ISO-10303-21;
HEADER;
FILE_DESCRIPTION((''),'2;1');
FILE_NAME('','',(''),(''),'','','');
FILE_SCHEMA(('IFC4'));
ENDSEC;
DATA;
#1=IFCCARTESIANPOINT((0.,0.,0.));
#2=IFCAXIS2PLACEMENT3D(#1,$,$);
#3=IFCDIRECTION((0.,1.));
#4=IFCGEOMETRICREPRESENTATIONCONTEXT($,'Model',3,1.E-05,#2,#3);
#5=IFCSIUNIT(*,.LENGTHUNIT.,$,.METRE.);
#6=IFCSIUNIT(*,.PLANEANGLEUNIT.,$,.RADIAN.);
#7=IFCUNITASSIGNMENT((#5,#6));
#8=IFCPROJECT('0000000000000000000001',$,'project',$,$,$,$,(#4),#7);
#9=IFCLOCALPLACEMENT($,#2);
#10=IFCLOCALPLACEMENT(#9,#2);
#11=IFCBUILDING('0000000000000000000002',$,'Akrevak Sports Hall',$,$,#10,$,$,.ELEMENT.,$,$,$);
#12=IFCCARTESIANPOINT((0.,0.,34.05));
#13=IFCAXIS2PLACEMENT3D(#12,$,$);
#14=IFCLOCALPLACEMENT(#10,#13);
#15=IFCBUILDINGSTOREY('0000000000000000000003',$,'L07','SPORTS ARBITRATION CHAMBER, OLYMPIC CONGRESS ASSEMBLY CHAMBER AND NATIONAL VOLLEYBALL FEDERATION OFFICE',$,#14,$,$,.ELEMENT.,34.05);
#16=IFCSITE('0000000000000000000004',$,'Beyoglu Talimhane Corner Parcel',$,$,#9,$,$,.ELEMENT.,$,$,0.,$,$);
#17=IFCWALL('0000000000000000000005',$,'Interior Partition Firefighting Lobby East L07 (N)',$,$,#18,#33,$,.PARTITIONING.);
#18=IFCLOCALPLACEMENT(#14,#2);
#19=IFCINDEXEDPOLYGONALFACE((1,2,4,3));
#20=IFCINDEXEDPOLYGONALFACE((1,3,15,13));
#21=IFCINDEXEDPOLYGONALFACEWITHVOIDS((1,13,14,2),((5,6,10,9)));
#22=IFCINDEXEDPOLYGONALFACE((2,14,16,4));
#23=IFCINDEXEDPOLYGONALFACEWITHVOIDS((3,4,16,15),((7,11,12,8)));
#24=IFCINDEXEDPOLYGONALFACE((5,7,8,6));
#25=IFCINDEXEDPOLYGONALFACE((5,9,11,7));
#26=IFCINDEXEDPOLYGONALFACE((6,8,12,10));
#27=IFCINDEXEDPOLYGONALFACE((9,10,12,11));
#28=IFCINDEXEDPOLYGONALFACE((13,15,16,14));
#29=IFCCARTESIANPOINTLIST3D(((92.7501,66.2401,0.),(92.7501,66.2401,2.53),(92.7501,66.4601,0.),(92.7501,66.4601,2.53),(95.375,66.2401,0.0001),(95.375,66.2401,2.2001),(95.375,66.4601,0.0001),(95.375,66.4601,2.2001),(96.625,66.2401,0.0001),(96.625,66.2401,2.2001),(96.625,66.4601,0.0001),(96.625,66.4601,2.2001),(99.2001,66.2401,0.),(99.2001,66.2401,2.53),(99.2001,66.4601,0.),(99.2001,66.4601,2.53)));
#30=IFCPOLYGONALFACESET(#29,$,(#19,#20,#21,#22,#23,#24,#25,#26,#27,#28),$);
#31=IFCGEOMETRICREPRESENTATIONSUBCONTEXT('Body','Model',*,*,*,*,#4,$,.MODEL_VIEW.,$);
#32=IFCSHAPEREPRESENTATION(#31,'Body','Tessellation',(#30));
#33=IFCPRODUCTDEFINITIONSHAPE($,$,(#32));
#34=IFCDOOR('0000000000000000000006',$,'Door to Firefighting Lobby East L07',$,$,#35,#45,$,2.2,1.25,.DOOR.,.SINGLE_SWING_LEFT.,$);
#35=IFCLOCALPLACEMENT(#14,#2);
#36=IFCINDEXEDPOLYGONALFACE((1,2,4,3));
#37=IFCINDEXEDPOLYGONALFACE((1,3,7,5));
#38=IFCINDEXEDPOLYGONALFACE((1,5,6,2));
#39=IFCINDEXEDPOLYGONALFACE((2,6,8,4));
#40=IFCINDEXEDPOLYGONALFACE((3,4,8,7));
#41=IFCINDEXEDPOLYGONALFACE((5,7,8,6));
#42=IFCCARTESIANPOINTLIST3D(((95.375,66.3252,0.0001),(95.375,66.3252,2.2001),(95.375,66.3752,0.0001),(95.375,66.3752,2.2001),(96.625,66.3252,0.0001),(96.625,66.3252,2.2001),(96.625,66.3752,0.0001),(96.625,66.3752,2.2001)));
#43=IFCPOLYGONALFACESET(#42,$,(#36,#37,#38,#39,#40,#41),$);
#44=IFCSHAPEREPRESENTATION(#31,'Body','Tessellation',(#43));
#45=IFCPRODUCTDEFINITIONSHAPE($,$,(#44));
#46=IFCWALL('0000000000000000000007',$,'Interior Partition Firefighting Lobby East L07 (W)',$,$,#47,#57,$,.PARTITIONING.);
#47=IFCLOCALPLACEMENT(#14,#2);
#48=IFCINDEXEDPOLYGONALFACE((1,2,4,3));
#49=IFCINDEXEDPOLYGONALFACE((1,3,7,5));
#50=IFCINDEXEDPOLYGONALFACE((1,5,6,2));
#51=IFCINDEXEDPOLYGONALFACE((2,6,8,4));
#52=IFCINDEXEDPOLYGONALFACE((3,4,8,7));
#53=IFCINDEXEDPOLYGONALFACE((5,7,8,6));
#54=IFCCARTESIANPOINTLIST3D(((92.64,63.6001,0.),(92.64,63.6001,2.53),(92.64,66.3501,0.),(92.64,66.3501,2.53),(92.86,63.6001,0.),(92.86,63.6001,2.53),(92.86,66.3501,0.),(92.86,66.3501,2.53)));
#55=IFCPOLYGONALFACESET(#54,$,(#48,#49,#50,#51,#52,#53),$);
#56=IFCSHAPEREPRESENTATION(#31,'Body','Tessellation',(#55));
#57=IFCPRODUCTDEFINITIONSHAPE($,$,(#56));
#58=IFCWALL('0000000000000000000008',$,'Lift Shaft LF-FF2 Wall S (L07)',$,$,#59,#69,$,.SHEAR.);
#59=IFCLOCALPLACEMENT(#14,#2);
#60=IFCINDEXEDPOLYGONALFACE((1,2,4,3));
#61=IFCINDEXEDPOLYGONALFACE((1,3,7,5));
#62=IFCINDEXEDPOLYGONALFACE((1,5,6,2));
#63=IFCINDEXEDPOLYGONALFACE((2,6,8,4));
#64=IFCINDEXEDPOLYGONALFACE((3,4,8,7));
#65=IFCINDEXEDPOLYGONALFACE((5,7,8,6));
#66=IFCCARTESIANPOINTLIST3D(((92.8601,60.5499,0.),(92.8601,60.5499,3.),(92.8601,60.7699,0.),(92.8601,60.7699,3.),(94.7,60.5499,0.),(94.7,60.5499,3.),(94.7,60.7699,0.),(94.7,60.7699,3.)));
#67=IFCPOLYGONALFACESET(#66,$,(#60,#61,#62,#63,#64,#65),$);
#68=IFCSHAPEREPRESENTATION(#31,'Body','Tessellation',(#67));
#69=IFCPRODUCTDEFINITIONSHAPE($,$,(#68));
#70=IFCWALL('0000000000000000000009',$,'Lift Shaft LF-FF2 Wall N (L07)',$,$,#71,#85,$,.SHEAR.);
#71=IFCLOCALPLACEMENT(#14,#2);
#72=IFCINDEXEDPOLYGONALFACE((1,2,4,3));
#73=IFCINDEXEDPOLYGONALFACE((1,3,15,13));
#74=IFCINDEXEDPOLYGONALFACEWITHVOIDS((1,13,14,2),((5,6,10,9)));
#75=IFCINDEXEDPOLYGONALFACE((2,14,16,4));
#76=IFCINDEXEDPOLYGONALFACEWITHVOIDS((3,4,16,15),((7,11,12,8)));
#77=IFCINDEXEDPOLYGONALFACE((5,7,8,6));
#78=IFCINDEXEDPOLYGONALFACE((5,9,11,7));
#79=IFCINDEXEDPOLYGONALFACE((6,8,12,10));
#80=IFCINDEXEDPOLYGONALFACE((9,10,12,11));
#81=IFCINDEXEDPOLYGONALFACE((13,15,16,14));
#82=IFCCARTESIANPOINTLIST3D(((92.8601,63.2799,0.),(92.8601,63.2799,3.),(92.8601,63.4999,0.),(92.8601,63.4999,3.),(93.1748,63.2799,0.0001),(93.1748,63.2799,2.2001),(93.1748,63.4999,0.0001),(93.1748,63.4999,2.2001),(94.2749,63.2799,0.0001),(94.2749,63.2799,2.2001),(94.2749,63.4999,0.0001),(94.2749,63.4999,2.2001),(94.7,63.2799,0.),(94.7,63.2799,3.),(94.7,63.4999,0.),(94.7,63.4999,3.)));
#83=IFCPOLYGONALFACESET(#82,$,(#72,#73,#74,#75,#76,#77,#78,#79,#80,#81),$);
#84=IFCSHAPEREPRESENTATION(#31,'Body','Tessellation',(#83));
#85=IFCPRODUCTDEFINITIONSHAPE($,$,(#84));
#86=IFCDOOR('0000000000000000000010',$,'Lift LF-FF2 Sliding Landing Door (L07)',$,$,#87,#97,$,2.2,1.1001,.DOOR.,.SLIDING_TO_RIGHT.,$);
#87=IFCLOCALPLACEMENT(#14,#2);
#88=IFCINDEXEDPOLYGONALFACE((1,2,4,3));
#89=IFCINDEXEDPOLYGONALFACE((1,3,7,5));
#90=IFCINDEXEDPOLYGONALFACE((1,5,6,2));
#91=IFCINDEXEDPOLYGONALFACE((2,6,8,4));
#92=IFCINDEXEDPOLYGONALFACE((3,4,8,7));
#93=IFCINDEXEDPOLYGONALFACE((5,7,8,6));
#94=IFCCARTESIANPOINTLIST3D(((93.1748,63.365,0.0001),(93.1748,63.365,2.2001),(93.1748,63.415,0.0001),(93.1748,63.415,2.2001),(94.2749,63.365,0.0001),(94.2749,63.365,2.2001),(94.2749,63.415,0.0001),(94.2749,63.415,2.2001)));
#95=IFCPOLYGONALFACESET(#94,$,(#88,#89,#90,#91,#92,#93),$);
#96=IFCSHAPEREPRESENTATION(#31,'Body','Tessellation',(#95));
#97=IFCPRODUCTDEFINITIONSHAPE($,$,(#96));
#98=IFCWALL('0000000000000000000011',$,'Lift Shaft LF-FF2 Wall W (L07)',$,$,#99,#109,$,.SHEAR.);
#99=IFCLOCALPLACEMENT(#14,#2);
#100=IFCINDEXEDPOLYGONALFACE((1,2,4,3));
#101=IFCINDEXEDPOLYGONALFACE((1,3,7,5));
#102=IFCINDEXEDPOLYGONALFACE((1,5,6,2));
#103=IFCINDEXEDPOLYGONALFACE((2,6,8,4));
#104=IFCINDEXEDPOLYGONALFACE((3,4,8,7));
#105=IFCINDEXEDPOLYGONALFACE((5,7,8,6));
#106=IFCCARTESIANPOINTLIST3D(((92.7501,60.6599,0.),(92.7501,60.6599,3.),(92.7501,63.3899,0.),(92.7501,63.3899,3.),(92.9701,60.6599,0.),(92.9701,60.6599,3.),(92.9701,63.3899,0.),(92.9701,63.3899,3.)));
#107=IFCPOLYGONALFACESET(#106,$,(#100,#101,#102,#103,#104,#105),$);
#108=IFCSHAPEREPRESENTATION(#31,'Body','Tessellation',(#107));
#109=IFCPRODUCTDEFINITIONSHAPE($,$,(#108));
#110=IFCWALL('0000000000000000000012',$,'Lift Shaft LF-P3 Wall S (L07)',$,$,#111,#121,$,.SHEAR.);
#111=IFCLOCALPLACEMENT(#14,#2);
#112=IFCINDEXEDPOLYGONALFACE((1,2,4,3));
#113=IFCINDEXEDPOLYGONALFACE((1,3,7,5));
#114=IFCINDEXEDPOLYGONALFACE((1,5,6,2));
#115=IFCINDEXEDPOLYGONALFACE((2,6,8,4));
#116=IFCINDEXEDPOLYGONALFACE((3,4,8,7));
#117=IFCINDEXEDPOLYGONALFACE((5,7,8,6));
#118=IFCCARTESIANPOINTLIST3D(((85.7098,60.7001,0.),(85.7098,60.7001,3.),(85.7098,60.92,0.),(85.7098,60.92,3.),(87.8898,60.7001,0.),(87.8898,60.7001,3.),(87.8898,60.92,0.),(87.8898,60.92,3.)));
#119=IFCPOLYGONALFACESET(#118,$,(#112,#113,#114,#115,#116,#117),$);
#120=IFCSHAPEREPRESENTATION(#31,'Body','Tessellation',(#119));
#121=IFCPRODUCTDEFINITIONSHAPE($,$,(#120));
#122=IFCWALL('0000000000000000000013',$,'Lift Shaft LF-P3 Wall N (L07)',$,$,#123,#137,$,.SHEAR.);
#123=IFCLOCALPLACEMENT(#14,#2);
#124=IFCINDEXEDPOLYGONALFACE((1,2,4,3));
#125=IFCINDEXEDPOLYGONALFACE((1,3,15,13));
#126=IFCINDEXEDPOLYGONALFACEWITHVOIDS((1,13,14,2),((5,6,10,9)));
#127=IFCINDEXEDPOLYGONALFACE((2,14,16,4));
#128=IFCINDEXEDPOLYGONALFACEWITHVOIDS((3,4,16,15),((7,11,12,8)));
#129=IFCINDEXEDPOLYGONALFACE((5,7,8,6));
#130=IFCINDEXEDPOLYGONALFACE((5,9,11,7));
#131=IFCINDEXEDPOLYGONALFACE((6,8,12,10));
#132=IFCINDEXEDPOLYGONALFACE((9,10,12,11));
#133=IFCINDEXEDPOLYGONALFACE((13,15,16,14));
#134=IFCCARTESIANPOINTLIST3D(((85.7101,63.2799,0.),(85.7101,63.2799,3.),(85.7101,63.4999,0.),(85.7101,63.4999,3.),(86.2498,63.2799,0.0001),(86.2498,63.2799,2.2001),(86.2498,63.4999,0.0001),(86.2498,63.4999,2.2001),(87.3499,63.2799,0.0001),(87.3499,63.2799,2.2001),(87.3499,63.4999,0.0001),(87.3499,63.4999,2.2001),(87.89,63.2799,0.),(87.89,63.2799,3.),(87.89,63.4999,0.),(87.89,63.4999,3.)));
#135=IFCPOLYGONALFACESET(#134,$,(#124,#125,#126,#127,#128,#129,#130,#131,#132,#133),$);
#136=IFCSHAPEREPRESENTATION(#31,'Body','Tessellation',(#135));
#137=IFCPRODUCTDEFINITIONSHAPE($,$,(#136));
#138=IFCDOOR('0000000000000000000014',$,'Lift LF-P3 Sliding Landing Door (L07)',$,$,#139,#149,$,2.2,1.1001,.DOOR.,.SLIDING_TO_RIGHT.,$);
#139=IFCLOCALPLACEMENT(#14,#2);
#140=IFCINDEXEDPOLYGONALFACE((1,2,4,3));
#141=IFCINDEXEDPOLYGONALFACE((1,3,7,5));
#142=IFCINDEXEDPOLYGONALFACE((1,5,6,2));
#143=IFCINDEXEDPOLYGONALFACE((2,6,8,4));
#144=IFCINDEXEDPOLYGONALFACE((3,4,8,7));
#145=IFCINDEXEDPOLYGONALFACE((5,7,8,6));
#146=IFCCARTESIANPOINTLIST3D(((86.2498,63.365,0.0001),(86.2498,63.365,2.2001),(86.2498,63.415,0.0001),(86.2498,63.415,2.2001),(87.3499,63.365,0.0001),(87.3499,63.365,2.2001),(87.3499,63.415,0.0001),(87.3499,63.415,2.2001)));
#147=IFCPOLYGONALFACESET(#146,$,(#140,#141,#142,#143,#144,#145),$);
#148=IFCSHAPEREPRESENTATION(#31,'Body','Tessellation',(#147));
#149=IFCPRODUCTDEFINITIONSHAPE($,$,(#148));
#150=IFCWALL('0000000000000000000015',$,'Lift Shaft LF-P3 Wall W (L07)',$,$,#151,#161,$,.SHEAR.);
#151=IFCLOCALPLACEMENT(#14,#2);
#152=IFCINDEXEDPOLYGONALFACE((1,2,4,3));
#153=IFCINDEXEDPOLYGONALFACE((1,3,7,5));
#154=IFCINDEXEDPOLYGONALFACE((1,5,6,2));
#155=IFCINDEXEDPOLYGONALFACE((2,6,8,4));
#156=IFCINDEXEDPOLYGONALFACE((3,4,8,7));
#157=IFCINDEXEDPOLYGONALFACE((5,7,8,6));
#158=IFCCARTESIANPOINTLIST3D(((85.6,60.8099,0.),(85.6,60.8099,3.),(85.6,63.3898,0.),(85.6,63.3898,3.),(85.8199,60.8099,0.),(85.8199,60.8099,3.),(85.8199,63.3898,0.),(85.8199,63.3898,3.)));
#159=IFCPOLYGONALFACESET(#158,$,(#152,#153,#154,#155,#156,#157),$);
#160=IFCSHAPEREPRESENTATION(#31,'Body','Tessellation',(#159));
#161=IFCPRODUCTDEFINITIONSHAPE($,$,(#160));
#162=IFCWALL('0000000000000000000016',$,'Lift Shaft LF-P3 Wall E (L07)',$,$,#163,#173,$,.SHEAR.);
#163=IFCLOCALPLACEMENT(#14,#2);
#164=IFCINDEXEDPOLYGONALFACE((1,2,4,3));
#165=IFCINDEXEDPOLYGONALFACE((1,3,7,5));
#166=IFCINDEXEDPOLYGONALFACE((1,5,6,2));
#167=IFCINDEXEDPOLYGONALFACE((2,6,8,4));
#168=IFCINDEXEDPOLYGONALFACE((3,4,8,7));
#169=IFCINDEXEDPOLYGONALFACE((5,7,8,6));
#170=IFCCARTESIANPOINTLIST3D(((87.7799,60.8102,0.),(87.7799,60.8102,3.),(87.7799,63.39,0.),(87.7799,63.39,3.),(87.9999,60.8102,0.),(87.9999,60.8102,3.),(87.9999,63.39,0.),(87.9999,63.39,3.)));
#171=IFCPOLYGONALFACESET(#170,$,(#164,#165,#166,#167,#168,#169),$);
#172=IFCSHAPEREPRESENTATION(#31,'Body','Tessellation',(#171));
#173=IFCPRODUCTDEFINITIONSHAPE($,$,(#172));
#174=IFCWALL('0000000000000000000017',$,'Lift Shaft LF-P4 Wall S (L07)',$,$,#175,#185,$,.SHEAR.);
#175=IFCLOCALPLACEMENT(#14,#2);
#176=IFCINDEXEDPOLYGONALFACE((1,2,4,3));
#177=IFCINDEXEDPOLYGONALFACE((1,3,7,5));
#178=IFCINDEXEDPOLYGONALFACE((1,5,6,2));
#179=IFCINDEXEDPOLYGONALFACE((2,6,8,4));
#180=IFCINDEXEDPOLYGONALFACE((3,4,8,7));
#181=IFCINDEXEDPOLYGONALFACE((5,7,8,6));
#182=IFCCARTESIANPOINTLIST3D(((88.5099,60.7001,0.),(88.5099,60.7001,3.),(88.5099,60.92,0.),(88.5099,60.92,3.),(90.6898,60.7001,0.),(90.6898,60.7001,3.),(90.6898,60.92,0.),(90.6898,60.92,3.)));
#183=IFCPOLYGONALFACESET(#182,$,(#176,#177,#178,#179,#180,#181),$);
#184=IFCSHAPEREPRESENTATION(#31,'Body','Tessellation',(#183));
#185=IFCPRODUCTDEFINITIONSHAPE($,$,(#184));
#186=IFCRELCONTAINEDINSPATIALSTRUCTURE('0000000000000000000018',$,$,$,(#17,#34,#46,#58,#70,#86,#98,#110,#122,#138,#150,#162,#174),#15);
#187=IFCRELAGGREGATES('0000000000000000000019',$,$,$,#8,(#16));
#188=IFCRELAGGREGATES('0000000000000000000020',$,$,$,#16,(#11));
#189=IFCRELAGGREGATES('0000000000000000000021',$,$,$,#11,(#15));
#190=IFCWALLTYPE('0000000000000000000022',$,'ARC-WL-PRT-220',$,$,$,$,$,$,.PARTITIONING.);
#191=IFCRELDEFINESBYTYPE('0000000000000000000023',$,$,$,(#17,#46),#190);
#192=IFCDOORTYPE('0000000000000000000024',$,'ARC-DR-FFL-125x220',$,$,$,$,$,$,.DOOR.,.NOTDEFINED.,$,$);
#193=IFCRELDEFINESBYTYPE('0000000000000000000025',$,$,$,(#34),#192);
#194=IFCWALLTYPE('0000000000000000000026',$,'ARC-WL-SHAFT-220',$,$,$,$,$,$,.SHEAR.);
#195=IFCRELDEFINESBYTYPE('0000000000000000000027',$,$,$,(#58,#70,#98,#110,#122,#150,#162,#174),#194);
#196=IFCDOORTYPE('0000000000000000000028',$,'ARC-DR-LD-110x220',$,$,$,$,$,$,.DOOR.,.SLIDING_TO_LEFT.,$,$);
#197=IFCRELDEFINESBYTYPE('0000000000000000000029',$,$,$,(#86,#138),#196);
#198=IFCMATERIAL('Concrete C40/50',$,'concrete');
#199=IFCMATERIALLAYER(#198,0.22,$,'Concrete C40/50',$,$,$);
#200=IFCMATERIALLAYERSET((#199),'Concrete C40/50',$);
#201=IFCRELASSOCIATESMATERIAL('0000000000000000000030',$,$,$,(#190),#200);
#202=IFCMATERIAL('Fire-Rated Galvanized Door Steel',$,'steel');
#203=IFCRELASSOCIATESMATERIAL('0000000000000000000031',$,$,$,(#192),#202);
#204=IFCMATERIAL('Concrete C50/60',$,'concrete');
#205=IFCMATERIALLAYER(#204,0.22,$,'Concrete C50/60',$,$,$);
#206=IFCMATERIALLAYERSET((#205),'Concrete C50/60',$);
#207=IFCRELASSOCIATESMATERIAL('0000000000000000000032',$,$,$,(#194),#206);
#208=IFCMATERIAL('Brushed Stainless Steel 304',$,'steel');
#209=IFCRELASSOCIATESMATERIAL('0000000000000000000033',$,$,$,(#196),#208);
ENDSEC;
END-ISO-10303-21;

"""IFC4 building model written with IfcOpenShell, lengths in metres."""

from ifc_helpers import new_model, si_unit, direction, frame, frame_2d, origin, place, context, subcontext, project, spatial, rectangle, extrude, material, layer, layer_set, type_object, element, fill, save


model = new_model("IFC4")

# Units and contexts
model_context = context("Model", 3, precision=1e-05, world=origin(), true_north=direction((0.0, 1.0)))
body_context = subcontext(model_context, "Body", "Model", "MODEL_VIEW")
ifc_project = project(units=[si_unit("LENGTHUNIT", "METRE"), si_unit("PLANEANGLEUNIT", "RADIAN")], contexts=[model_context])

# Site, building, storey
site_placement = place(None, origin())
site = spatial("IfcSite", under=ifc_project, at=site_placement, Name="Beyoglu Talimhane Corner Parcel", CompositionType="ELEMENT", RefElevation=0.0)
building_placement = place(site_placement, origin())
building = spatial("IfcBuilding", under=site, at=building_placement, Name="Akrevak Sports Hall", CompositionType="ELEMENT")
storey_placement = place(building_placement, frame((0.0, 0.0, 34.05)))
storey = spatial("IfcBuildingStorey", under=building, at=storey_placement, Name="L07", Description="SPORTS ARBITRATION CHAMBER, OLYMPIC CONGRESS ASSEMBLY CHAMBER AND NATIONAL VOLLEYBALL FEDERATION OFFICE", CompositionType="ELEMENT", Elevation=34.05)

# Shared definitions
ifc_material_1 = material(Name="Concrete C40/50", Category="concrete")

# Wall, opening, door
ifc_layer_1 = layer(ifc_material_1, 0.22, Name="Concrete C40/50")
ifc_layer_set_1 = layer_set([ifc_layer_1], Name="Concrete C40/50")
wall_type_1 = type_object("IfcWallType", Name="ARC-WL-PRT-220", PredefinedType="PARTITIONING", material=ifc_layer_set_1)
wall_1_placement = place(storey_placement, frame((92.75, 66.3501, 0.0), z_axis=(0.0, 0.0, 1.0), x_axis=(1.0, 0.0, 0.0)))
wall_1 = element("IfcWall", 1, at=wall_1_placement, inside=storey, type_object=wall_type_1, Name="Interior Partition Firefighting Lobby East L07 (N)", PredefinedType="PARTITIONING", context=body_context, shape_type="SweptSolid", body=[
    extrude(rectangle(XDim=6.45, YDim=0.22, at=frame_2d((3.2251, 0.0))), origin(), (0.0, 0.0, 1.0), 2.53),
])
opening_1_placement = place(wall_1_placement, frame((2.625, 0.0, 0.0)))
opening_1 = element("IfcOpeningElement", 2, at=opening_1_placement, cuts=wall_1, PredefinedType="OPENING", context=body_context, shape_type="SweptSolid", body=[
    extrude(rectangle(XDim=1.25, YDim=2.2, at=frame_2d((0.625, 1.1001))), frame((0.0, 0.1221, 0.0), z_axis=(0.0, -1.0, 0.0), x_axis=(1.0, 0.0, 0.0)), (0.0, 0.0, 1.0), 0.2439),
])
ifc_material_2 = material(Name="Fire-Rated Galvanized Door Steel", Category="steel")
door_type_1 = type_object("IfcDoorType", Name="ARC-DR-FFL-125x220", OperationType="NOTDEFINED", PredefinedType="DOOR", material=ifc_material_2)
door_1_placement = place(opening_1_placement, frame((1.25, 0.0, 0.0), z_axis=(0.0, 0.0, 1.0), x_axis=(-1.0, 0.0, 0.0)))
door_1 = element("IfcDoor", 3, at=door_1_placement, inside=storey, type_object=door_type_1, Name="Door to Firefighting Lobby East L07", OperationType="SINGLE_SWING_LEFT", OverallHeight=2.2, OverallWidth=1.25, PredefinedType="DOOR", context=body_context, shape_type="SweptSolid", body=[
    extrude(rectangle(XDim=1.25, YDim=2.2, at=frame_2d((0.625, 1.1001))), frame((0.0, 0.0249, 0.0), z_axis=(0.0, -1.0, 0.0), x_axis=(1.0, 0.0, 0.0)), (0.0, 0.0, 1.0), 0.05),
])
fill(opening_1, door_1)

# Walls
wall_2_placement = place(storey_placement, frame((92.75, 63.6001, 0.0), z_axis=(0.0, 0.0, 1.0), x_axis=(0.0, 1.0, 0.0)))
element("IfcWall", 4, at=wall_2_placement, inside=storey, type_object=wall_type_1, Name="Interior Partition Firefighting Lobby East L07 (W)", PredefinedType="PARTITIONING", context=body_context, shape_type="SweptSolid", body=[
    extrude(rectangle(XDim=2.75, YDim=0.22, at=frame_2d((1.375, 0.0))), origin(), (0.0, 0.0, 1.0), 2.53),
])
ifc_material_3 = material(Name="Concrete C50/60", Category="concrete")
ifc_layer_2 = layer(ifc_material_3, 0.22, Name="Concrete C50/60")
ifc_layer_set_2 = layer_set([ifc_layer_2], Name="Concrete C50/60")
wall_type_2 = type_object("IfcWallType", Name="ARC-WL-SHAFT-220", PredefinedType="SHEAR", material=ifc_layer_set_2)
wall_3_placement = place(storey_placement, frame((92.8601, 60.6599, 0.0), z_axis=(0.0, 0.0, 1.0), x_axis=(1.0, 0.0, 0.0)))
element("IfcWall", 5, at=wall_3_placement, inside=storey, type_object=wall_type_2, Name="Lift Shaft LF-FF2 Wall S (L07)", PredefinedType="SHEAR", context=body_context, shape_type="SweptSolid", body=[
    extrude(rectangle(XDim=1.8398, YDim=0.22, at=frame_2d((0.9199, 0.0))), origin(), (0.0, 0.0, 1.0), 3.0),
])

# Wall, opening, door
wall_4_placement = place(storey_placement, frame((94.7, 63.3899, 0.0), z_axis=(0.0, 0.0, 1.0), x_axis=(-1.0, 0.0, 0.0)))
wall_4 = element("IfcWall", 6, at=wall_4_placement, inside=storey, type_object=wall_type_2, Name="Lift Shaft LF-FF2 Wall N (L07)", PredefinedType="SHEAR", context=body_context, shape_type="SweptSolid", body=[
    extrude(rectangle(XDim=1.8398, YDim=0.22, at=frame_2d((0.9199, 0.0))), origin(), (0.0, 0.0, 1.0), 3.0),
])
opening_2_placement = place(wall_4_placement, frame((0.425, 0.0, 0.0)))
opening_2 = element("IfcOpeningElement", 7, at=opening_2_placement, cuts=wall_4, PredefinedType="OPENING", context=body_context, shape_type="SweptSolid", body=[
    extrude(rectangle(XDim=1.1001, YDim=2.2, at=frame_2d((0.55, 1.1001))), frame((0.0, 0.1221, 0.0), z_axis=(0.0, -1.0, 0.0), x_axis=(1.0, 0.0, 0.0)), (0.0, 0.0, 1.0), 0.2439),
])
ifc_material_4 = material(Name="Brushed Stainless Steel 304", Category="steel")
door_type_2 = type_object("IfcDoorType", Name="ARC-DR-LD-110x220", OperationType="SLIDING_TO_LEFT", PredefinedType="DOOR", material=ifc_material_4)
door_2_placement = place(opening_2_placement, origin())
door_2 = element("IfcDoor", 8, at=door_2_placement, inside=storey, type_object=door_type_2, Name="Lift LF-FF2 Sliding Landing Door (L07)", OperationType="SLIDING_TO_RIGHT", OverallHeight=2.2, OverallWidth=1.1001, PredefinedType="DOOR", context=body_context, shape_type="SweptSolid", body=[
    extrude(rectangle(XDim=1.1001, YDim=2.2, at=frame_2d((0.55, 1.1001))), frame((0.0, 0.0249, 0.0), z_axis=(0.0, -1.0, 0.0), x_axis=(1.0, 0.0, 0.0)), (0.0, 0.0, 1.0), 0.05),
])
fill(opening_2, door_2)

# Walls
wall_5_placement = place(storey_placement, frame((92.8601, 63.3899, 0.0), z_axis=(0.0, 0.0, 1.0), x_axis=(0.0, -1.0, 0.0)))
element("IfcWall", 9, at=wall_5_placement, inside=storey, type_object=wall_type_2, Name="Lift Shaft LF-FF2 Wall W (L07)", PredefinedType="SHEAR", context=body_context, shape_type="SweptSolid", body=[
    extrude(rectangle(XDim=2.73, YDim=0.22, at=frame_2d((1.365, 0.0))), origin(), (0.0, 0.0, 1.0), 3.0),
])
wall_6_placement = place(storey_placement, frame((85.71, 60.8101, 0.0), z_axis=(0.0, 0.0, 1.0), x_axis=(1.0, 0.0, 0.0)))
element("IfcWall", 10, at=wall_6_placement, inside=storey, type_object=wall_type_2, Name="Lift Shaft LF-P3 Wall S (L07)", PredefinedType="SHEAR", context=body_context, shape_type="SweptSolid", body=[
    extrude(rectangle(XDim=2.1799, YDim=0.22, at=frame_2d((1.0898, 0.0))), origin(), (0.0, 0.0, 1.0), 3.0),
])

# Wall, opening, door
wall_7_placement = place(storey_placement, frame((87.8899, 63.3899, 0.0), z_axis=(0.0, 0.0, 1.0), x_axis=(-1.0, 0.0, 0.0)))
wall_7 = element("IfcWall", 11, at=wall_7_placement, inside=storey, type_object=wall_type_2, Name="Lift Shaft LF-P3 Wall N (L07)", PredefinedType="SHEAR", context=body_context, shape_type="SweptSolid", body=[
    extrude(rectangle(XDim=2.1799, YDim=0.22, at=frame_2d((1.0898, 0.0))), origin(), (0.0, 0.0, 1.0), 3.0),
])
opening_3_placement = place(wall_7_placement, frame((0.54, 0.0, 0.0)))
opening_3 = element("IfcOpeningElement", 12, at=opening_3_placement, cuts=wall_7, PredefinedType="OPENING", context=body_context, shape_type="SweptSolid", body=[
    extrude(rectangle(XDim=1.1001, YDim=2.2, at=frame_2d((0.55, 1.1001))), frame((0.0, 0.1221, 0.0), z_axis=(0.0, -1.0, 0.0), x_axis=(1.0, 0.0, 0.0)), (0.0, 0.0, 1.0), 0.2439),
])
door_3_placement = place(opening_3_placement, origin())
door_3 = element("IfcDoor", 13, at=door_3_placement, inside=storey, type_object=door_type_2, Name="Lift LF-P3 Sliding Landing Door (L07)", OperationType="SLIDING_TO_RIGHT", OverallHeight=2.2, OverallWidth=1.1001, PredefinedType="DOOR", context=body_context, shape_type="SweptSolid", body=[
    extrude(rectangle(XDim=1.1001, YDim=2.2, at=frame_2d((0.55, 1.1001))), frame((0.0, 0.0249, 0.0), z_axis=(0.0, -1.0, 0.0), x_axis=(1.0, 0.0, 0.0)), (0.0, 0.0, 1.0), 0.05),
])
fill(opening_3, door_3)

# Walls
for number, where, z_axis, x_axis, name in (
    (14, (85.71, 63.3899, 0.0), (0.0, 0.0, 1.0), (0.0, -1.0, 0.0), "Lift Shaft LF-P3 Wall W (L07)"),
    (15, (87.8899, 60.8101, 0.0), (0.0, 0.0, 1.0), (0.0, 1.0, 0.0), "Lift Shaft LF-P3 Wall E (L07)"),
):
    element("IfcWall", number, at=place(storey_placement, frame(where, z_axis=z_axis, x_axis=x_axis)), inside=storey, type_object=wall_type_2, Name=name, PredefinedType="SHEAR", context=body_context, shape_type="SweptSolid", body=[
        extrude(rectangle(XDim=2.5798, YDim=0.22, at=frame_2d((1.29, 0.0))), origin(), (0.0, 0.0, 1.0), 3.0),
    ])
wall_8_placement = place(storey_placement, frame((88.51, 60.8101, 0.0), z_axis=(0.0, 0.0, 1.0), x_axis=(1.0, 0.0, 0.0)))
element("IfcWall", 16, at=wall_8_placement, inside=storey, type_object=wall_type_2, Name="Lift Shaft LF-P4 Wall S (L07)", PredefinedType="SHEAR", context=body_context, shape_type="SweptSolid", body=[
    extrude(rectangle(XDim=2.1799, YDim=0.22, at=frame_2d((1.0898, 0.0))), origin(), (0.0, 0.0, 1.0), 3.0),
])

save(model, "model.ifc")
